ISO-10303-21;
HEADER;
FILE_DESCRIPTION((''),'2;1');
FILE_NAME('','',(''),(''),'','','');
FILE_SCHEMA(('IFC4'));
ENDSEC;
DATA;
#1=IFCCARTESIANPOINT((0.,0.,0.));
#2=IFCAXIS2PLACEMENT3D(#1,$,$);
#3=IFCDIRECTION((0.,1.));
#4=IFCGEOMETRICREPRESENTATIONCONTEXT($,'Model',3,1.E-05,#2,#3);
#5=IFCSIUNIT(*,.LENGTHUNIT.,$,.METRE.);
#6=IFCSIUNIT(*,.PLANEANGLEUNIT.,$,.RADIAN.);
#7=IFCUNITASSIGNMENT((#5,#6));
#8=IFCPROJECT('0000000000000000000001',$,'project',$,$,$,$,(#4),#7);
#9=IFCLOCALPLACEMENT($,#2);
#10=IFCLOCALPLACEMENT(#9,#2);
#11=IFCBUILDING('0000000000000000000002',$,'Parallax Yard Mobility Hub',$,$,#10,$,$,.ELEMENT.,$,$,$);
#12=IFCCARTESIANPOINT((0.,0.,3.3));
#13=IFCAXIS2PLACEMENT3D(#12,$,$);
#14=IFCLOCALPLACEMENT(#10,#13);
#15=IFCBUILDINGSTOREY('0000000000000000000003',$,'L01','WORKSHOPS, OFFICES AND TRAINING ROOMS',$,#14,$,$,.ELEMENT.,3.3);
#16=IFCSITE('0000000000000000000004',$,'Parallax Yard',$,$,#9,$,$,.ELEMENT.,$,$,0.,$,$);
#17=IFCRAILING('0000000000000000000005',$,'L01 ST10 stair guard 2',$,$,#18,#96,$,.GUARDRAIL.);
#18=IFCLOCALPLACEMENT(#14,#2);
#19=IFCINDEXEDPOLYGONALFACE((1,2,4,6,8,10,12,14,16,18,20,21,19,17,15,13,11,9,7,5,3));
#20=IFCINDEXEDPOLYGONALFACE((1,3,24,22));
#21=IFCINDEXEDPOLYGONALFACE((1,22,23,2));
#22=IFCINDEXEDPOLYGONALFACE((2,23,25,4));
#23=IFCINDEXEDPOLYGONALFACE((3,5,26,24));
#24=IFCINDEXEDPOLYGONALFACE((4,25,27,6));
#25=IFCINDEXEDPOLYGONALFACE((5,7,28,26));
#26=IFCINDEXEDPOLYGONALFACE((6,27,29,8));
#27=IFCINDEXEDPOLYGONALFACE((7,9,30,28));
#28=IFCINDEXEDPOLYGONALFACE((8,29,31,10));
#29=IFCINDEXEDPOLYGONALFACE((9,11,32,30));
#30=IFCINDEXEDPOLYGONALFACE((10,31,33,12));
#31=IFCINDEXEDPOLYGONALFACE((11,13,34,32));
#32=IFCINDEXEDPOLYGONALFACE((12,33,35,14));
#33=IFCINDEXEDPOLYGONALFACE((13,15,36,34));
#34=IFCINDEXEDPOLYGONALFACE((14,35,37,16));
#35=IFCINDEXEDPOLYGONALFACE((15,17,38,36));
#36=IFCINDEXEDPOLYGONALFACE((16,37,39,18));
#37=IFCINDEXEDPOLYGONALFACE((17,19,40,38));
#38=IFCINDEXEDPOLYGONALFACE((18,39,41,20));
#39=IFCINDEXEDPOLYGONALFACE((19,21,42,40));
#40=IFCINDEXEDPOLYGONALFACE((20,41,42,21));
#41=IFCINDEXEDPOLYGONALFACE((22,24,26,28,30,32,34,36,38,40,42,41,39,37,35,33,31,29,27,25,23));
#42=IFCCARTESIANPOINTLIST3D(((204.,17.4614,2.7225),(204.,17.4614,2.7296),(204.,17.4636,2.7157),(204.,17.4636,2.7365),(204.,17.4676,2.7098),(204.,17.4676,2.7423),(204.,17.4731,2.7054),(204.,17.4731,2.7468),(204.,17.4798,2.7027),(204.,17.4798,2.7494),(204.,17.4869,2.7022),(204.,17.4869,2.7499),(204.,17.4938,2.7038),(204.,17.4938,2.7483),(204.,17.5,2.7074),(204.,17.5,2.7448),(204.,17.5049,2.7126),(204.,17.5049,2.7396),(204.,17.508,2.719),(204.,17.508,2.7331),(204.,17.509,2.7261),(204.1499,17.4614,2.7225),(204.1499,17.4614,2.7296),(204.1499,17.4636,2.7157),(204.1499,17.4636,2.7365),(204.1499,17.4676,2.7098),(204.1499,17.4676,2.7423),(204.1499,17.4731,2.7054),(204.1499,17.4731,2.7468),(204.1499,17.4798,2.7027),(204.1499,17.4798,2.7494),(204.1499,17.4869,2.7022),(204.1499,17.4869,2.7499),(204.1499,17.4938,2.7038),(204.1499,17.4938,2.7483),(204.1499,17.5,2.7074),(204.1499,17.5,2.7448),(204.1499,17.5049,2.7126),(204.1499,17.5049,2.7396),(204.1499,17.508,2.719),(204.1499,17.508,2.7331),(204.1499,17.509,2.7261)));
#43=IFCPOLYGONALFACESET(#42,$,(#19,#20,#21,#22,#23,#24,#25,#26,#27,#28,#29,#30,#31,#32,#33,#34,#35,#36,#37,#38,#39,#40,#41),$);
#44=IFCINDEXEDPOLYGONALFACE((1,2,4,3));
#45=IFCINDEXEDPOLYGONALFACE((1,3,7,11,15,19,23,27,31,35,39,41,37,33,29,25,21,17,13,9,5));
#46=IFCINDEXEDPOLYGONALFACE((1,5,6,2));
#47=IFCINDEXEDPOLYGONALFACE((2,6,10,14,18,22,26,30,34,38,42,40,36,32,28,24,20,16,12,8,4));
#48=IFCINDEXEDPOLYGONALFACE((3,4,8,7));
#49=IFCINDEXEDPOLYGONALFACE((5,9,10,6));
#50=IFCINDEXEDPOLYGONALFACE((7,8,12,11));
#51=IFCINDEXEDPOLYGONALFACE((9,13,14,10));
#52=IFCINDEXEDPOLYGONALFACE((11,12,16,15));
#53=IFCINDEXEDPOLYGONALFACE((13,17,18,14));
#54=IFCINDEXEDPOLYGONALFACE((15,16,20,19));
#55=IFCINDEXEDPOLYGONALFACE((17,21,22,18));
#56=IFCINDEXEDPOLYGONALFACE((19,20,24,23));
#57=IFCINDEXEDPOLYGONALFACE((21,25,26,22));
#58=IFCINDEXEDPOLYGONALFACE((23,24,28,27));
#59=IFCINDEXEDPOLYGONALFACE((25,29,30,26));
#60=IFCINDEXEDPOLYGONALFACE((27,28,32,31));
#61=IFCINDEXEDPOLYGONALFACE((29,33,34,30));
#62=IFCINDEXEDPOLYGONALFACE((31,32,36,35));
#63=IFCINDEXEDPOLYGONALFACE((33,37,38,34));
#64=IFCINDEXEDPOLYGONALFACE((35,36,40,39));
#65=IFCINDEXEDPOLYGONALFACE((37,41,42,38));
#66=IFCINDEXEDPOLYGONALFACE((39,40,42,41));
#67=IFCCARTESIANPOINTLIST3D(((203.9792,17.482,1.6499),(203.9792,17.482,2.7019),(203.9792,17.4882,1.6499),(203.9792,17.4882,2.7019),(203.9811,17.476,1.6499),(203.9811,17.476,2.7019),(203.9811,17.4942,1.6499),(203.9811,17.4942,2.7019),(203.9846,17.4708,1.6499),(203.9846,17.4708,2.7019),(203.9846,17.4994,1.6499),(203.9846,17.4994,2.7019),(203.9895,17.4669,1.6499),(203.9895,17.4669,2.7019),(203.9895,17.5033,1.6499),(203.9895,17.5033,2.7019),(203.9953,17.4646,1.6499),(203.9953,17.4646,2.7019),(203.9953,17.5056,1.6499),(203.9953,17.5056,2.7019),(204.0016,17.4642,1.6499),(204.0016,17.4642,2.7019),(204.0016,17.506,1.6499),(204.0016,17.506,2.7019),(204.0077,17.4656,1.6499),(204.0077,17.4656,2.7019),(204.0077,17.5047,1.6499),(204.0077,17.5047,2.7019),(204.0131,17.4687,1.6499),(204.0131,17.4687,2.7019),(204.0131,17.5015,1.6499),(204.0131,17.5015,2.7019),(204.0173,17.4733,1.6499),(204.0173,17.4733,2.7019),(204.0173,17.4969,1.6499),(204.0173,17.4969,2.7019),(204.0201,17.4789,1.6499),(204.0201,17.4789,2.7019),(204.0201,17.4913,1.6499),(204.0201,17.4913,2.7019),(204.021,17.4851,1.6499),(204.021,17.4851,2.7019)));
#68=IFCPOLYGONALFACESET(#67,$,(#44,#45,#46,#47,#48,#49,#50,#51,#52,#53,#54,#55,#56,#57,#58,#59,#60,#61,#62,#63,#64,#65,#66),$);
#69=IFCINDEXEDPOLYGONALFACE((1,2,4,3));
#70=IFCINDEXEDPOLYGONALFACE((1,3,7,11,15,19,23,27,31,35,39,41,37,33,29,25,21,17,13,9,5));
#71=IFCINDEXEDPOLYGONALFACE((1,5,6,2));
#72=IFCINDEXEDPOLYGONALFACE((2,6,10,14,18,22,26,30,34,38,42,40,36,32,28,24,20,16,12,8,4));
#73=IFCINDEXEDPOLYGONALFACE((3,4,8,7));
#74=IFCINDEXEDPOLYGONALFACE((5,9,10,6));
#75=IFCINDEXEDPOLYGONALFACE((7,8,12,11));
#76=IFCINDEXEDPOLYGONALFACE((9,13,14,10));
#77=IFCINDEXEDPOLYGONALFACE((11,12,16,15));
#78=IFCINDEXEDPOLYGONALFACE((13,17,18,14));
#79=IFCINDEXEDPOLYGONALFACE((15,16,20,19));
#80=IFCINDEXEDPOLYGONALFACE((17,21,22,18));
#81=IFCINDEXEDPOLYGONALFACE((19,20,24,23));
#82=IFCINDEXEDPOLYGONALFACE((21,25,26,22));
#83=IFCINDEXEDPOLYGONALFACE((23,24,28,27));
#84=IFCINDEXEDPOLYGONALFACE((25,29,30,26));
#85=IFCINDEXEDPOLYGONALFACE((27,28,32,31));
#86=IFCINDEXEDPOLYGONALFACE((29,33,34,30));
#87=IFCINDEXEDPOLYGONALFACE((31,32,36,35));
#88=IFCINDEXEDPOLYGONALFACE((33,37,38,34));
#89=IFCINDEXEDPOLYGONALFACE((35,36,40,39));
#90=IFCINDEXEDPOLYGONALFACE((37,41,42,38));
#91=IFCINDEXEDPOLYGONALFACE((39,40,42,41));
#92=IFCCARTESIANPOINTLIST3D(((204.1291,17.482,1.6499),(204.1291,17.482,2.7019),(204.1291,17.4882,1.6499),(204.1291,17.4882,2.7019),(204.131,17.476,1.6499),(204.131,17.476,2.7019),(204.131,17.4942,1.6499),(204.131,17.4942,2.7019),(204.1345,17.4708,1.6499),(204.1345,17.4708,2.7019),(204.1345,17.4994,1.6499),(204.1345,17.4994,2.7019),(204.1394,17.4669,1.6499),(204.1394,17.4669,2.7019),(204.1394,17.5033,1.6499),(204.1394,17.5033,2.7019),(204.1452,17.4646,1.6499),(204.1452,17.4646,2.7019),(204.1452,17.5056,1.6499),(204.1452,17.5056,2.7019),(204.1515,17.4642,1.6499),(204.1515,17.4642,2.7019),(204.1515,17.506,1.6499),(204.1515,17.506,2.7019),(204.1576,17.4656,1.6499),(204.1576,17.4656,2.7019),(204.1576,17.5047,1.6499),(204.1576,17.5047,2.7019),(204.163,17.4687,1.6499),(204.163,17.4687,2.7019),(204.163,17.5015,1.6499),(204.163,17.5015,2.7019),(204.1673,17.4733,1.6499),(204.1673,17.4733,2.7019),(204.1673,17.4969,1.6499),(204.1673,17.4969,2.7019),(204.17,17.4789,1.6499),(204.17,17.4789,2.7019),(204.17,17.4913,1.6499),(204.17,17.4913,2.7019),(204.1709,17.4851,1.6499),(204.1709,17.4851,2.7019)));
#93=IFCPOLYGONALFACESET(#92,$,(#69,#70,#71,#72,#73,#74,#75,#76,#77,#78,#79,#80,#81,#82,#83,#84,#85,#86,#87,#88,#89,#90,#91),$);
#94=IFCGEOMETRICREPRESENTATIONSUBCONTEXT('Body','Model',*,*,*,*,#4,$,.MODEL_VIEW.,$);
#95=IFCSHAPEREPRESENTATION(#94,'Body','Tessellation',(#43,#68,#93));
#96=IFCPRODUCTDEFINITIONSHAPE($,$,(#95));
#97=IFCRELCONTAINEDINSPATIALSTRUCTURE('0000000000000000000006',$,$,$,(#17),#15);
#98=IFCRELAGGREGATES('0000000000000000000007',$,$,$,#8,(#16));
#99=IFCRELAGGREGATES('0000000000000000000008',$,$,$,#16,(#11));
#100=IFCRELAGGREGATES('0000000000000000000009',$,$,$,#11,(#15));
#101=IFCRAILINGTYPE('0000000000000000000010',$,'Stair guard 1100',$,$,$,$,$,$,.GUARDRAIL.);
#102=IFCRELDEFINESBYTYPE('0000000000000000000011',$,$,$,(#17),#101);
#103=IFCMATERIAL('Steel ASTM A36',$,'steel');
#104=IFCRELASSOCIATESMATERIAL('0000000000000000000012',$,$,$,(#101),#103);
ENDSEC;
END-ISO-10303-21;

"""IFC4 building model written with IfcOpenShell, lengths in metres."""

from ifc_helpers import new_model, si_unit, direction, frame, origin, origin_2d, place, context, subcontext, project, spatial, circle, extrude, material, type_object, element, save


model = new_model("IFC4")

# Units and contexts
model_context = context("Model", 3, precision=1e-05, world=origin(), true_north=direction((0.0, 1.0)))
body_context = subcontext(model_context, "Body", "Model", "MODEL_VIEW")
ifc_project = project(units=[si_unit("LENGTHUNIT", "METRE"), si_unit("PLANEANGLEUNIT", "RADIAN")], contexts=[model_context])

# Site, building, storey
site_placement = place(None, origin())
site = spatial("IfcSite", under=ifc_project, at=site_placement, Name="Parallax Yard", CompositionType="ELEMENT", RefElevation=0.0)
building_placement = place(site_placement, origin())
building = spatial("IfcBuilding", under=site, at=building_placement, Name="Parallax Yard Mobility Hub", CompositionType="ELEMENT")
storey_placement = place(building_placement, frame((0.0, 0.0, 3.3)))
storey = spatial("IfcBuildingStorey", under=building, at=storey_placement, Name="L01", Description="WORKSHOPS, OFFICES AND TRAINING ROOMS", CompositionType="ELEMENT", Elevation=3.3)

# Railing
ifc_material_1 = material(Name="Steel ASTM A36", Category="steel")
railing_type_1 = type_object("IfcRailingType", Name="Stair guard 1100", PredefinedType="GUARDRAIL", material=ifc_material_1)
railing_1_placement = place(storey_placement, frame((204.0, 17.4851, 1.6499)))
element("IfcRailing", 1, at=railing_1_placement, inside=storey, type_object=railing_type_1, Name="L01 ST10 stair guard 2", PredefinedType="GUARDRAIL", context=body_context, shape_type="SweptSolid", body=[
    extrude(circle(Radius=0.0239, at=origin_2d()), frame((0.0, 0.0, 1.0762), z_axis=(1.0, 0.0, 0.0), x_axis=(0.0, 1.0, 0.0)), (0.0, 0.0, 1.0), 0.1499),
    extrude(circle(Radius=0.021, at=origin_2d()), origin(), (0.0, 0.0, 1.0), 1.052),
    extrude(circle(Radius=0.021, at=origin_2d()), frame((0.1499, 0.0, 0.0)), (0.0, 0.0, 1.0), 1.052),
])

save(model, "model.ifc")
